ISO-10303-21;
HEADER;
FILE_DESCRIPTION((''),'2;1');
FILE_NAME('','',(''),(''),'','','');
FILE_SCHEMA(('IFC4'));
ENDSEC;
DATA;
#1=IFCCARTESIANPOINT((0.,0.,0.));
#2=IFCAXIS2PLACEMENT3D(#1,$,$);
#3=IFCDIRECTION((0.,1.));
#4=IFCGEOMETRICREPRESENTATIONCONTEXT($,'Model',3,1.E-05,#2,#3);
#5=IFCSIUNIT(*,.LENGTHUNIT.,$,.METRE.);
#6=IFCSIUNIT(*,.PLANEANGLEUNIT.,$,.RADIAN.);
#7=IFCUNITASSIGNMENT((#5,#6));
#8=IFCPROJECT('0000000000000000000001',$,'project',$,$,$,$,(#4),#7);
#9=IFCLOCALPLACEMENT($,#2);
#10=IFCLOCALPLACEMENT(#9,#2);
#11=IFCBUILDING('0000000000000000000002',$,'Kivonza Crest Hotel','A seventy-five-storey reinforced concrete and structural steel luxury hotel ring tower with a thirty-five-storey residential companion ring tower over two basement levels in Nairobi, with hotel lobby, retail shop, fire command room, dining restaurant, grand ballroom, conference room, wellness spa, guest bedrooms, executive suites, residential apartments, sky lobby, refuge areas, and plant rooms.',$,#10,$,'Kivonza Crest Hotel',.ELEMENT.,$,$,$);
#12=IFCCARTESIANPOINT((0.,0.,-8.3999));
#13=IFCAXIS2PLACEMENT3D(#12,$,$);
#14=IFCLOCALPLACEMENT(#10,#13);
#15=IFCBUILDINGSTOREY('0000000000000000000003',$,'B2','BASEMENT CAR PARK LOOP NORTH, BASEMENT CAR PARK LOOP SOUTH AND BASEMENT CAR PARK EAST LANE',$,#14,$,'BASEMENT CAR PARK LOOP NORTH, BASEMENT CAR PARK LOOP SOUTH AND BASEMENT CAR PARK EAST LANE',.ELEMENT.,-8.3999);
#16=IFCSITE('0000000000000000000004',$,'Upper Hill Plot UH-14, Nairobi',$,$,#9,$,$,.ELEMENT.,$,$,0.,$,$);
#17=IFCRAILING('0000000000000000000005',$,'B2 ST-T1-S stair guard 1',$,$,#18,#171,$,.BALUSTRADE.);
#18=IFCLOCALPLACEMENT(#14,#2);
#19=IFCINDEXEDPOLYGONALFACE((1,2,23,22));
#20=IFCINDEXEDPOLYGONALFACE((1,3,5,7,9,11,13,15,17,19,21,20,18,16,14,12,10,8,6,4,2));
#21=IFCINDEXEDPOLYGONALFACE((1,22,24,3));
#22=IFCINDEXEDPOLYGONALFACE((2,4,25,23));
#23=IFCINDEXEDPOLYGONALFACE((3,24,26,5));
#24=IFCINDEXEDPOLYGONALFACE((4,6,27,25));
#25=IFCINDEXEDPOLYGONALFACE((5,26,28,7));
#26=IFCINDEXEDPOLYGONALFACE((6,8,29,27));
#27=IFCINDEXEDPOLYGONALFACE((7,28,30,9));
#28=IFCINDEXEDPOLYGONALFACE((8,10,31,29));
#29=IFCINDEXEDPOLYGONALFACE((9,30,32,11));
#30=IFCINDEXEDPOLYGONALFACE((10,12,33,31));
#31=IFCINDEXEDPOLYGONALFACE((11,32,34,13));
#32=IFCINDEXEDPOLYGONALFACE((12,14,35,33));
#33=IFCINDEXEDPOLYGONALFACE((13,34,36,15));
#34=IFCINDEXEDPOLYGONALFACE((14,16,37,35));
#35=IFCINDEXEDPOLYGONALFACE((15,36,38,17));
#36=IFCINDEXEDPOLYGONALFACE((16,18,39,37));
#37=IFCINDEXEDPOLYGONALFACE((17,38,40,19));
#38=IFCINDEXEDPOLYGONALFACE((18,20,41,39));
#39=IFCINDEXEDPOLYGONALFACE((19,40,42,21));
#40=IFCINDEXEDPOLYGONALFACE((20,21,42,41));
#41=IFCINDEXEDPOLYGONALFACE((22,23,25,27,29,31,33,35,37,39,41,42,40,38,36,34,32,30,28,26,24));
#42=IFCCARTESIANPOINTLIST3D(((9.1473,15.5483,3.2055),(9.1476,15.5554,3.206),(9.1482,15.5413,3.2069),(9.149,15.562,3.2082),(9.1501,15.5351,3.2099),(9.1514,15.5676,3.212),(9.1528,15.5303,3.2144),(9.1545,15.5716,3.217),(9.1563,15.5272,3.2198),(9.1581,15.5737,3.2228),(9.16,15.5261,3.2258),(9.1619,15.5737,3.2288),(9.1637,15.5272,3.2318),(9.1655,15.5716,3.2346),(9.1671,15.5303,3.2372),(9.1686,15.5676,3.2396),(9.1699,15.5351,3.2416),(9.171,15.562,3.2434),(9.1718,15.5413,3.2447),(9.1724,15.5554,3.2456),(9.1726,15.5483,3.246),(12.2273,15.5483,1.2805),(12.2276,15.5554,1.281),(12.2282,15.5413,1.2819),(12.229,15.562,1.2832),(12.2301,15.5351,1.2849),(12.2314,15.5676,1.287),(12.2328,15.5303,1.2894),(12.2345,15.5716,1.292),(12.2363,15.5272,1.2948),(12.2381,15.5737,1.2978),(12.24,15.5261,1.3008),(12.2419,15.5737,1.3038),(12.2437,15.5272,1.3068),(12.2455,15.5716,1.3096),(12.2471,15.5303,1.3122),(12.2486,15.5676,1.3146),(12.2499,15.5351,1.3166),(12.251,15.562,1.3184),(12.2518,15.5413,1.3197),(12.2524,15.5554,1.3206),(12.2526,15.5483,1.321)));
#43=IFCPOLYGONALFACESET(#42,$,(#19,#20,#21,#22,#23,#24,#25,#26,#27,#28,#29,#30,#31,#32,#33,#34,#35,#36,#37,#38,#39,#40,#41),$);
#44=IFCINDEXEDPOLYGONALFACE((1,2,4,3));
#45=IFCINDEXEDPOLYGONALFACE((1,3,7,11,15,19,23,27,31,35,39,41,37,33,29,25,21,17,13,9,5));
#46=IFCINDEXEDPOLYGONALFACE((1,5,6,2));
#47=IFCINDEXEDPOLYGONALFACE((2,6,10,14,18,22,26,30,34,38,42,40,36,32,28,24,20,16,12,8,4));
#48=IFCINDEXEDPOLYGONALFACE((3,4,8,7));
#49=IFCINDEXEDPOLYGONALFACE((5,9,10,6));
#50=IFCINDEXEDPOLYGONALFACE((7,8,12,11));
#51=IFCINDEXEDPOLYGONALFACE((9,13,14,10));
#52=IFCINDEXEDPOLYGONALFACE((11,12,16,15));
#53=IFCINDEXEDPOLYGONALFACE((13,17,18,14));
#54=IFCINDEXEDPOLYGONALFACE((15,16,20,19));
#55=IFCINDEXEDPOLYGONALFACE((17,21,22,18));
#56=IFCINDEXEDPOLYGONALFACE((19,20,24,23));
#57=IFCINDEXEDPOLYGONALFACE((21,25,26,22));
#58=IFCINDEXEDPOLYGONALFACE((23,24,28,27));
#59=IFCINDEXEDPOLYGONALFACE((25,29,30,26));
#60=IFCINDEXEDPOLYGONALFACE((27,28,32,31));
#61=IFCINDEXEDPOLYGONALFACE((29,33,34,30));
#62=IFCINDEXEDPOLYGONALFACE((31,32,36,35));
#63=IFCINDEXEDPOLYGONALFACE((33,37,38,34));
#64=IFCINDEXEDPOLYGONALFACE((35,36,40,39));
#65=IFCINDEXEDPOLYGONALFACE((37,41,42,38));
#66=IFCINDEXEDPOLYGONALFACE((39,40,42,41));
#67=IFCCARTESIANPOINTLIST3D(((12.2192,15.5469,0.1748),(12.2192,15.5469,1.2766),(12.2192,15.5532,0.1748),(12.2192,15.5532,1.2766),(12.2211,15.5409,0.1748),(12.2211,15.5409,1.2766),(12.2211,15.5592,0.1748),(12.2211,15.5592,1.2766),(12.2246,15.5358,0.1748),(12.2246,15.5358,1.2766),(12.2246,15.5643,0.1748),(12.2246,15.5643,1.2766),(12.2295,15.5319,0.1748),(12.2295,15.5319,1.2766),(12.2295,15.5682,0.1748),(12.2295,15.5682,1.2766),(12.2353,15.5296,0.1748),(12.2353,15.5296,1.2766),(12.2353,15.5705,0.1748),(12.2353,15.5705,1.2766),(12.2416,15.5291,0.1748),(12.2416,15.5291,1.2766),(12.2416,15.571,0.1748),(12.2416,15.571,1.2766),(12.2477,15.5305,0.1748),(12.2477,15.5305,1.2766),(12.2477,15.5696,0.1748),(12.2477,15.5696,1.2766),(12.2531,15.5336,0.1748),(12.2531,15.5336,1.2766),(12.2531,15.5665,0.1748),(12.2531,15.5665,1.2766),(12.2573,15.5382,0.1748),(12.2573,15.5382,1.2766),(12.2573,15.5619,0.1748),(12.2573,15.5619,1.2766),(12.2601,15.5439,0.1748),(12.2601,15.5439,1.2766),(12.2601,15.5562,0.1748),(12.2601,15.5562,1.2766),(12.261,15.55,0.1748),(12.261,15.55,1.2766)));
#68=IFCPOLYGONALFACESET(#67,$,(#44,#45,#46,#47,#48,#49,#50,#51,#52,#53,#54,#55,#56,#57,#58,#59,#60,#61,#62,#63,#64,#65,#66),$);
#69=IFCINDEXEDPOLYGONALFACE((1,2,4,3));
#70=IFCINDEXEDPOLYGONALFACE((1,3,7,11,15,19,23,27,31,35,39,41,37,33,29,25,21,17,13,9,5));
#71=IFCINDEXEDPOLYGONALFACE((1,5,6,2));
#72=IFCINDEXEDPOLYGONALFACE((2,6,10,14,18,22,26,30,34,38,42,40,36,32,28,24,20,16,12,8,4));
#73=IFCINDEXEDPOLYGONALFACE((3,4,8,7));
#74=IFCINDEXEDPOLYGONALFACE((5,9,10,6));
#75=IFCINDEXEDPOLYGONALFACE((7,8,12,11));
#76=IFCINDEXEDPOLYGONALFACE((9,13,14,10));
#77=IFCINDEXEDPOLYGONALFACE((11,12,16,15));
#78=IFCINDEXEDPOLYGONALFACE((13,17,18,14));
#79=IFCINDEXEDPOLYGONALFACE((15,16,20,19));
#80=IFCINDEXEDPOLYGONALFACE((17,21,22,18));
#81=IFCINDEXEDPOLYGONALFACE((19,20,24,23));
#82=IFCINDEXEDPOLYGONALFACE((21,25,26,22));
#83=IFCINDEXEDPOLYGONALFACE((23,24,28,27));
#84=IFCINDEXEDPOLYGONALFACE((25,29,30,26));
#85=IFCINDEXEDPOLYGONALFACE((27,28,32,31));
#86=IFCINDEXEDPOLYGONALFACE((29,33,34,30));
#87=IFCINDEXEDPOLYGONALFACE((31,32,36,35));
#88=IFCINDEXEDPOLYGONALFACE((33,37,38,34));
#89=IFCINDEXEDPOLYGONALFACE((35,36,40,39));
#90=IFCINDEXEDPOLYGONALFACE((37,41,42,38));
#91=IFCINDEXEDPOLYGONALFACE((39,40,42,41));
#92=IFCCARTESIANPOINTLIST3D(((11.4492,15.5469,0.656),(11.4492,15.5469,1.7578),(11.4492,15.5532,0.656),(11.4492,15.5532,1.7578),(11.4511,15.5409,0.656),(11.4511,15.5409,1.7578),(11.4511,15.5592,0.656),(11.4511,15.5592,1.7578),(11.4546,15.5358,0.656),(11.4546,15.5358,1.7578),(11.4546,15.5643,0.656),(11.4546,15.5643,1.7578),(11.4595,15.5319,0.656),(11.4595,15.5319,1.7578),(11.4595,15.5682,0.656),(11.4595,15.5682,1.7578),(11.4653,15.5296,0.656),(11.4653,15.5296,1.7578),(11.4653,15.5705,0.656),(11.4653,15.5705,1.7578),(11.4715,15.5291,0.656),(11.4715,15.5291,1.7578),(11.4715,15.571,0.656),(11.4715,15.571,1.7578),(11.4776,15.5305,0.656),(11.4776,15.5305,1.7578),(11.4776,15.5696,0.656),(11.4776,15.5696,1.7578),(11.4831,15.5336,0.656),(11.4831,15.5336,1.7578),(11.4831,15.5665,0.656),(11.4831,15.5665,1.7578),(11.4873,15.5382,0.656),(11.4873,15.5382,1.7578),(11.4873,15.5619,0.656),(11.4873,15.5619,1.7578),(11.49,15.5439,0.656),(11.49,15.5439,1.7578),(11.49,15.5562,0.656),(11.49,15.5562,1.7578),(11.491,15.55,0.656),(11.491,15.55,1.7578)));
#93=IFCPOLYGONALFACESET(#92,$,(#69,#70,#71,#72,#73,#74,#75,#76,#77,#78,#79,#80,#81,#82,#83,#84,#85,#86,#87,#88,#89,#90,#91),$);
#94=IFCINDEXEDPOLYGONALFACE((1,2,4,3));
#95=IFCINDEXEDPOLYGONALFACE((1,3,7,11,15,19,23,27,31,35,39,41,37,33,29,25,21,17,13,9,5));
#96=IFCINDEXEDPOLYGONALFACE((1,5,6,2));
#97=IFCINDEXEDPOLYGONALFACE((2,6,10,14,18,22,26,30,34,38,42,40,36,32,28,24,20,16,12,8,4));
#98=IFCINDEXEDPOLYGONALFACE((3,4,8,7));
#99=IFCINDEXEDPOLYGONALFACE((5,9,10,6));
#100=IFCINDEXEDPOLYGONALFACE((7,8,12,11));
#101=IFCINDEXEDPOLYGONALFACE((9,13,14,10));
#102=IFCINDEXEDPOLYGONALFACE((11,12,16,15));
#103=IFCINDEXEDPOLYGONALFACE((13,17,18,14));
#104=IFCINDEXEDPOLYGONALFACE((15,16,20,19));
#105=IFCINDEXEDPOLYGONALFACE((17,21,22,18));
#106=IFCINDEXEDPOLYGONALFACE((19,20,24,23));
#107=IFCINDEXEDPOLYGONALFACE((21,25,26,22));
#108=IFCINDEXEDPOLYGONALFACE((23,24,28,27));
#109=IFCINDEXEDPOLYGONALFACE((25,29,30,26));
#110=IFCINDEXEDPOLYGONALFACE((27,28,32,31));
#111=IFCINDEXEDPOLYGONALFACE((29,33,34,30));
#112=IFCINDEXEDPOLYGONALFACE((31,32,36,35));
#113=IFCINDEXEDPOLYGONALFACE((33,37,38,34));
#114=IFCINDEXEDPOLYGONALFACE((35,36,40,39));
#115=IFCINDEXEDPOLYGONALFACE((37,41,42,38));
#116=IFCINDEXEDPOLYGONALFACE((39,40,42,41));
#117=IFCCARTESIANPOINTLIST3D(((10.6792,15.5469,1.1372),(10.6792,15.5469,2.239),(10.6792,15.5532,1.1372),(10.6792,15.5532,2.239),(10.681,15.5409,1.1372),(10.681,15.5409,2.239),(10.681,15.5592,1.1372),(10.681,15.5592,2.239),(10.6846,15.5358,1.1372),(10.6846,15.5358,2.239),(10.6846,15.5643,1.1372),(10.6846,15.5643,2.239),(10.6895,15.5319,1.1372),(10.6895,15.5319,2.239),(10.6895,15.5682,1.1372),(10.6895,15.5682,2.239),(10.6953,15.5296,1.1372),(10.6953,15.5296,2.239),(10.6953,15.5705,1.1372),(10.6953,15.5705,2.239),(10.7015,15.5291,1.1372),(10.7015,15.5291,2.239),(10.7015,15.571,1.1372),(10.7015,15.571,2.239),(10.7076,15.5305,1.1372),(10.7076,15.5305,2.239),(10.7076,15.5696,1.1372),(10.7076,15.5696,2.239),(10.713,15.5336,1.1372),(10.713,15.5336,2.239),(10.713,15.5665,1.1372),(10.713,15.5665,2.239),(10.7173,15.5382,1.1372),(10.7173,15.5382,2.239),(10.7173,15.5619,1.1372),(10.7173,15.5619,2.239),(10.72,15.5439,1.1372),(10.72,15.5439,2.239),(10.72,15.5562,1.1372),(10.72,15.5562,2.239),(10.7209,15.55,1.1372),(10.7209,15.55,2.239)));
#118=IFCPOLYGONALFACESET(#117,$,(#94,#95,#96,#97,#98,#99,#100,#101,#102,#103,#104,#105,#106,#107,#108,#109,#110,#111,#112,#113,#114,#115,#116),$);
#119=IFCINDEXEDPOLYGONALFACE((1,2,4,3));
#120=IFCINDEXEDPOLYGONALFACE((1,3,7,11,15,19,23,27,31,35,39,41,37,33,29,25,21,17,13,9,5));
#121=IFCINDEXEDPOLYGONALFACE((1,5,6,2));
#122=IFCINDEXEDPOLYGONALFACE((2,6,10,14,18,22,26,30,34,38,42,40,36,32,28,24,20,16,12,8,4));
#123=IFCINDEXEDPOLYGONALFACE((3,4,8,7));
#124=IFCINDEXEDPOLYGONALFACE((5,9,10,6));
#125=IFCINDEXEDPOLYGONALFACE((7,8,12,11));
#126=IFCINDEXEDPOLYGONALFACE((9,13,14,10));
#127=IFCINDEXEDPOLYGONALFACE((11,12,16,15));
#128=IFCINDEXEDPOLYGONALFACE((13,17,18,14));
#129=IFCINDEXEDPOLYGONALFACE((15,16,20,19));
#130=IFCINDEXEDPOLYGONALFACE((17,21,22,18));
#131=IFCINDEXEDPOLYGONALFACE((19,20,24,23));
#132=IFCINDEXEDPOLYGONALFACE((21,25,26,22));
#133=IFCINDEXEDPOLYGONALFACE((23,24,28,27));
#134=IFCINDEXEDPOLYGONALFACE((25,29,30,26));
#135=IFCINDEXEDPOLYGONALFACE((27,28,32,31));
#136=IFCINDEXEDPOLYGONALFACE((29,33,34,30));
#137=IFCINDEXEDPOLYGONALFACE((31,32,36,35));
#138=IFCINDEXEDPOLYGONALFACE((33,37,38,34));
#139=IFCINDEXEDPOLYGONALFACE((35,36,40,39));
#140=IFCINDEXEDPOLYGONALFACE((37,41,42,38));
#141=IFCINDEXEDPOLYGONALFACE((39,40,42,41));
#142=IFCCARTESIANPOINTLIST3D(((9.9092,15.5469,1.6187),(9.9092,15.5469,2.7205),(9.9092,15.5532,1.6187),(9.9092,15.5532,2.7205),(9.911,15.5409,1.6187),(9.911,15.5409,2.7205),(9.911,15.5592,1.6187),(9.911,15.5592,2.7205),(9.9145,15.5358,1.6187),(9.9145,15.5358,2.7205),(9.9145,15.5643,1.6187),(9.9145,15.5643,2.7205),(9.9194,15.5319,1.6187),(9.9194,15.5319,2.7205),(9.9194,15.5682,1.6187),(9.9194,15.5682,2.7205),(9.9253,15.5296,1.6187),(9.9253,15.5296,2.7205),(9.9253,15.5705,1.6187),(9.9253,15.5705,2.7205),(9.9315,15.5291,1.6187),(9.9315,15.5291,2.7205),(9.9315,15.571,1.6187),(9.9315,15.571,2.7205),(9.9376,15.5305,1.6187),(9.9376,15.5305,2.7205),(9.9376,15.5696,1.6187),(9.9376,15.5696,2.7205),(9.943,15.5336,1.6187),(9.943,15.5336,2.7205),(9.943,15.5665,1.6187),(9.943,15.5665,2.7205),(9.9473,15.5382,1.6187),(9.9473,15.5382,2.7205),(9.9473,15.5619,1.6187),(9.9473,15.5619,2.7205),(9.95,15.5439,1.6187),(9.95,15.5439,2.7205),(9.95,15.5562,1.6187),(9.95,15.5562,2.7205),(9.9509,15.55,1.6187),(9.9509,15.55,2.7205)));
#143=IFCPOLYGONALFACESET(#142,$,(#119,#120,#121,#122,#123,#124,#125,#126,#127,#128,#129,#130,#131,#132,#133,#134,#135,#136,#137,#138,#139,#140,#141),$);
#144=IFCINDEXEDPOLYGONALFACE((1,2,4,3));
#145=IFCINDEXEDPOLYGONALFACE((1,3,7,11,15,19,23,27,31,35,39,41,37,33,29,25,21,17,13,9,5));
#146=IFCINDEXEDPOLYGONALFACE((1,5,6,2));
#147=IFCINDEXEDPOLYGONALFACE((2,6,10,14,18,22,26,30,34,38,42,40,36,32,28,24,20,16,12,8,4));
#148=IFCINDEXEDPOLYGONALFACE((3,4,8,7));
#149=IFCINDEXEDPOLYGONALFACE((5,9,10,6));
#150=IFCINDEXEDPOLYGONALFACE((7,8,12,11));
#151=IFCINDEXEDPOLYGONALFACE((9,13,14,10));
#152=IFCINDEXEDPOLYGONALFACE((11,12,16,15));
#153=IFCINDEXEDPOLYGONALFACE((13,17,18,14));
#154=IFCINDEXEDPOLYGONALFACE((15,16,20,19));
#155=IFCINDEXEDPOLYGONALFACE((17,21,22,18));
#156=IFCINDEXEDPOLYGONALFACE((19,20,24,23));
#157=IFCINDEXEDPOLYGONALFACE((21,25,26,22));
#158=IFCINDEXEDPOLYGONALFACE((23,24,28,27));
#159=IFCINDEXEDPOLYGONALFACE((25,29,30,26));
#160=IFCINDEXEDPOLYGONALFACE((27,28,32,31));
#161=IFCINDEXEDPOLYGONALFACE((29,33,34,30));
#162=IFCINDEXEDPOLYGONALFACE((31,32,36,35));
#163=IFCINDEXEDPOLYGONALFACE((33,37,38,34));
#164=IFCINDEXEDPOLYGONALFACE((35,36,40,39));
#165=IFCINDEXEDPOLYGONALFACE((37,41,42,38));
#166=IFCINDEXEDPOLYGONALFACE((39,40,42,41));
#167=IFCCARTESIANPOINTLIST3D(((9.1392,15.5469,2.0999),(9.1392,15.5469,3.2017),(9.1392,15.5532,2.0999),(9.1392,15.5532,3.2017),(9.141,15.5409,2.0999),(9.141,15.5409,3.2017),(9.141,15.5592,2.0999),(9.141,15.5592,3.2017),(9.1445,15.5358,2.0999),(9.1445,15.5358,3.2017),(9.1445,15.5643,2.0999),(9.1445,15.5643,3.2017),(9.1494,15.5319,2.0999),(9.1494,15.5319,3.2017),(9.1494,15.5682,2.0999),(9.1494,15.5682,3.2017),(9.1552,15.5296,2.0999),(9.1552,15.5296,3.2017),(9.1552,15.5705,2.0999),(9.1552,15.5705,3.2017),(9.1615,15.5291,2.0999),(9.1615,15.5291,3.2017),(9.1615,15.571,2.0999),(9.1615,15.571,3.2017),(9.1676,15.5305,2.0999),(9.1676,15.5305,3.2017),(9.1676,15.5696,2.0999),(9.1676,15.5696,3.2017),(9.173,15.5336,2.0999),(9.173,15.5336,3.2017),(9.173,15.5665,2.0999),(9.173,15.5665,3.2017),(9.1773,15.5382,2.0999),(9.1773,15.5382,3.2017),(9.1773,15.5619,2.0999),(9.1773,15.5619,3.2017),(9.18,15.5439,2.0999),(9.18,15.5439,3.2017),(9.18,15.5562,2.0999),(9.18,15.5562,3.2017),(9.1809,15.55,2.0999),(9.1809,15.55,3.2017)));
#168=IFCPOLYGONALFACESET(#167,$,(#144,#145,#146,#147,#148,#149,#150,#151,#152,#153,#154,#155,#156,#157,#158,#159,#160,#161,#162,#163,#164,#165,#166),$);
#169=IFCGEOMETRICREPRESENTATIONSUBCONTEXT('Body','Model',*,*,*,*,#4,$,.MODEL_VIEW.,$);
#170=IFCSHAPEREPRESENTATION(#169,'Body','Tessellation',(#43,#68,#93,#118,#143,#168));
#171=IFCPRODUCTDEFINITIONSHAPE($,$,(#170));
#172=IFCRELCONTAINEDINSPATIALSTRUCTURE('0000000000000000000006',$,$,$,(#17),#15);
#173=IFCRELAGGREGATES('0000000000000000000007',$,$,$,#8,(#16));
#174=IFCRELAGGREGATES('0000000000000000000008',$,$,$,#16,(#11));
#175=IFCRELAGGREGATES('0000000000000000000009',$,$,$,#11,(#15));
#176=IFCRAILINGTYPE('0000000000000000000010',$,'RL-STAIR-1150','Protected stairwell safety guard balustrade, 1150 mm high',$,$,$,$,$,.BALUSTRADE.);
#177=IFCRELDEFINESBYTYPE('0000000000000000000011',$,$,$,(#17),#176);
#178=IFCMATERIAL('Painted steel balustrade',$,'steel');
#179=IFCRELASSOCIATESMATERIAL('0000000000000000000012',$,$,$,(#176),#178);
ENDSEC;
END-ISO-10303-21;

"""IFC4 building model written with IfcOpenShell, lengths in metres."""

from ifc_helpers import new_model, si_unit, direction, frame, origin, origin_2d, place, context, subcontext, project, spatial, circle, extrude, material, type_object, element, save


model = new_model("IFC4")

# Units and contexts
model_context = context("Model", 3, precision=1e-05, world=origin(), true_north=direction((0.0, 1.0)))
body_context = subcontext(model_context, "Body", "Model", "MODEL_VIEW")
ifc_project = project(units=[si_unit("LENGTHUNIT", "METRE"), si_unit("PLANEANGLEUNIT", "RADIAN")], contexts=[model_context])

# Site, building, storey
site_placement = place(None, origin())
site = spatial("IfcSite", under=ifc_project, at=site_placement, Name="Upper Hill Plot UH-14, Nairobi", CompositionType="ELEMENT", RefElevation=0.0)
building_placement = place(site_placement, origin())
building = spatial("IfcBuilding", under=site, at=building_placement, Name="Kivonza Crest Hotel", Description="A seventy-five-storey reinforced concrete and structural steel luxury hotel ring tower with a thirty-five-storey residential companion ring tower over two basement levels in Nairobi, with hotel lobby, retail shop, fire command room, dining restaurant, grand ballroom, conference room, wellness spa, guest bedrooms, executive suites, residential apartments, sky lobby, refuge areas, and plant rooms.", LongName="Kivonza Crest Hotel", CompositionType="ELEMENT")
storey_placement = place(building_placement, frame((0.0, 0.0, -8.3999)))
storey = spatial("IfcBuildingStorey", under=building, at=storey_placement, Name="B2", Description="BASEMENT CAR PARK LOOP NORTH, BASEMENT CAR PARK LOOP SOUTH AND BASEMENT CAR PARK EAST LANE", LongName="BASEMENT CAR PARK LOOP NORTH, BASEMENT CAR PARK LOOP SOUTH AND BASEMENT CAR PARK EAST LANE", CompositionType="ELEMENT", Elevation=-8.3999)

# Railing
ifc_material_1 = material(Name="Painted steel balustrade", Category="steel")
railing_type_1 = type_object("IfcRailingType", Name="RL-STAIR-1150", Description="Protected stairwell safety guard balustrade, 1150 mm high", PredefinedType="BALUSTRADE", material=ifc_material_1)
railing_1_placement = place(storey_placement, frame((12.24, 15.55, 0.1748)))
element("IfcRailing", 1, at=railing_1_placement, inside=storey, type_object=railing_type_1, Name="B2 ST-T1-S stair guard 1", PredefinedType="BALUSTRADE", context=body_context, shape_type="SweptSolid", body=[
    extrude(circle(Radius=0.0239, at=origin_2d()), frame((0.0, 0.0, 1.126), z_axis=(-0.847998, 0.0, 0.529999), x_axis=(0.0, -1.0, 0.0)), (0.0, 0.0, 1.0), 3.6321),
    extrude(circle(Radius=0.021, at=origin_2d()), origin(), (0.0, 0.0, 1.0), 1.1018),
    extrude(circle(Radius=0.021, at=origin_2d()), frame((-0.77, 0.0, 0.4812)), (0.0, 0.0, 1.0), 1.1018),
    extrude(circle(Radius=0.021, at=origin_2d()), frame((-1.54, 0.0, 0.9624)), (0.0, 0.0, 1.0), 1.1018),
    extrude(circle(Radius=0.021, at=origin_2d()), frame((-2.3101, 0.0, 1.4438)), (0.0, 0.0, 1.0), 1.1018),
    extrude(circle(Radius=0.021, at=origin_2d()), frame((-3.0801, 0.0, 1.925)), (0.0, 0.0, 1.0), 1.1018),
])

save(model, "model.ifc")
